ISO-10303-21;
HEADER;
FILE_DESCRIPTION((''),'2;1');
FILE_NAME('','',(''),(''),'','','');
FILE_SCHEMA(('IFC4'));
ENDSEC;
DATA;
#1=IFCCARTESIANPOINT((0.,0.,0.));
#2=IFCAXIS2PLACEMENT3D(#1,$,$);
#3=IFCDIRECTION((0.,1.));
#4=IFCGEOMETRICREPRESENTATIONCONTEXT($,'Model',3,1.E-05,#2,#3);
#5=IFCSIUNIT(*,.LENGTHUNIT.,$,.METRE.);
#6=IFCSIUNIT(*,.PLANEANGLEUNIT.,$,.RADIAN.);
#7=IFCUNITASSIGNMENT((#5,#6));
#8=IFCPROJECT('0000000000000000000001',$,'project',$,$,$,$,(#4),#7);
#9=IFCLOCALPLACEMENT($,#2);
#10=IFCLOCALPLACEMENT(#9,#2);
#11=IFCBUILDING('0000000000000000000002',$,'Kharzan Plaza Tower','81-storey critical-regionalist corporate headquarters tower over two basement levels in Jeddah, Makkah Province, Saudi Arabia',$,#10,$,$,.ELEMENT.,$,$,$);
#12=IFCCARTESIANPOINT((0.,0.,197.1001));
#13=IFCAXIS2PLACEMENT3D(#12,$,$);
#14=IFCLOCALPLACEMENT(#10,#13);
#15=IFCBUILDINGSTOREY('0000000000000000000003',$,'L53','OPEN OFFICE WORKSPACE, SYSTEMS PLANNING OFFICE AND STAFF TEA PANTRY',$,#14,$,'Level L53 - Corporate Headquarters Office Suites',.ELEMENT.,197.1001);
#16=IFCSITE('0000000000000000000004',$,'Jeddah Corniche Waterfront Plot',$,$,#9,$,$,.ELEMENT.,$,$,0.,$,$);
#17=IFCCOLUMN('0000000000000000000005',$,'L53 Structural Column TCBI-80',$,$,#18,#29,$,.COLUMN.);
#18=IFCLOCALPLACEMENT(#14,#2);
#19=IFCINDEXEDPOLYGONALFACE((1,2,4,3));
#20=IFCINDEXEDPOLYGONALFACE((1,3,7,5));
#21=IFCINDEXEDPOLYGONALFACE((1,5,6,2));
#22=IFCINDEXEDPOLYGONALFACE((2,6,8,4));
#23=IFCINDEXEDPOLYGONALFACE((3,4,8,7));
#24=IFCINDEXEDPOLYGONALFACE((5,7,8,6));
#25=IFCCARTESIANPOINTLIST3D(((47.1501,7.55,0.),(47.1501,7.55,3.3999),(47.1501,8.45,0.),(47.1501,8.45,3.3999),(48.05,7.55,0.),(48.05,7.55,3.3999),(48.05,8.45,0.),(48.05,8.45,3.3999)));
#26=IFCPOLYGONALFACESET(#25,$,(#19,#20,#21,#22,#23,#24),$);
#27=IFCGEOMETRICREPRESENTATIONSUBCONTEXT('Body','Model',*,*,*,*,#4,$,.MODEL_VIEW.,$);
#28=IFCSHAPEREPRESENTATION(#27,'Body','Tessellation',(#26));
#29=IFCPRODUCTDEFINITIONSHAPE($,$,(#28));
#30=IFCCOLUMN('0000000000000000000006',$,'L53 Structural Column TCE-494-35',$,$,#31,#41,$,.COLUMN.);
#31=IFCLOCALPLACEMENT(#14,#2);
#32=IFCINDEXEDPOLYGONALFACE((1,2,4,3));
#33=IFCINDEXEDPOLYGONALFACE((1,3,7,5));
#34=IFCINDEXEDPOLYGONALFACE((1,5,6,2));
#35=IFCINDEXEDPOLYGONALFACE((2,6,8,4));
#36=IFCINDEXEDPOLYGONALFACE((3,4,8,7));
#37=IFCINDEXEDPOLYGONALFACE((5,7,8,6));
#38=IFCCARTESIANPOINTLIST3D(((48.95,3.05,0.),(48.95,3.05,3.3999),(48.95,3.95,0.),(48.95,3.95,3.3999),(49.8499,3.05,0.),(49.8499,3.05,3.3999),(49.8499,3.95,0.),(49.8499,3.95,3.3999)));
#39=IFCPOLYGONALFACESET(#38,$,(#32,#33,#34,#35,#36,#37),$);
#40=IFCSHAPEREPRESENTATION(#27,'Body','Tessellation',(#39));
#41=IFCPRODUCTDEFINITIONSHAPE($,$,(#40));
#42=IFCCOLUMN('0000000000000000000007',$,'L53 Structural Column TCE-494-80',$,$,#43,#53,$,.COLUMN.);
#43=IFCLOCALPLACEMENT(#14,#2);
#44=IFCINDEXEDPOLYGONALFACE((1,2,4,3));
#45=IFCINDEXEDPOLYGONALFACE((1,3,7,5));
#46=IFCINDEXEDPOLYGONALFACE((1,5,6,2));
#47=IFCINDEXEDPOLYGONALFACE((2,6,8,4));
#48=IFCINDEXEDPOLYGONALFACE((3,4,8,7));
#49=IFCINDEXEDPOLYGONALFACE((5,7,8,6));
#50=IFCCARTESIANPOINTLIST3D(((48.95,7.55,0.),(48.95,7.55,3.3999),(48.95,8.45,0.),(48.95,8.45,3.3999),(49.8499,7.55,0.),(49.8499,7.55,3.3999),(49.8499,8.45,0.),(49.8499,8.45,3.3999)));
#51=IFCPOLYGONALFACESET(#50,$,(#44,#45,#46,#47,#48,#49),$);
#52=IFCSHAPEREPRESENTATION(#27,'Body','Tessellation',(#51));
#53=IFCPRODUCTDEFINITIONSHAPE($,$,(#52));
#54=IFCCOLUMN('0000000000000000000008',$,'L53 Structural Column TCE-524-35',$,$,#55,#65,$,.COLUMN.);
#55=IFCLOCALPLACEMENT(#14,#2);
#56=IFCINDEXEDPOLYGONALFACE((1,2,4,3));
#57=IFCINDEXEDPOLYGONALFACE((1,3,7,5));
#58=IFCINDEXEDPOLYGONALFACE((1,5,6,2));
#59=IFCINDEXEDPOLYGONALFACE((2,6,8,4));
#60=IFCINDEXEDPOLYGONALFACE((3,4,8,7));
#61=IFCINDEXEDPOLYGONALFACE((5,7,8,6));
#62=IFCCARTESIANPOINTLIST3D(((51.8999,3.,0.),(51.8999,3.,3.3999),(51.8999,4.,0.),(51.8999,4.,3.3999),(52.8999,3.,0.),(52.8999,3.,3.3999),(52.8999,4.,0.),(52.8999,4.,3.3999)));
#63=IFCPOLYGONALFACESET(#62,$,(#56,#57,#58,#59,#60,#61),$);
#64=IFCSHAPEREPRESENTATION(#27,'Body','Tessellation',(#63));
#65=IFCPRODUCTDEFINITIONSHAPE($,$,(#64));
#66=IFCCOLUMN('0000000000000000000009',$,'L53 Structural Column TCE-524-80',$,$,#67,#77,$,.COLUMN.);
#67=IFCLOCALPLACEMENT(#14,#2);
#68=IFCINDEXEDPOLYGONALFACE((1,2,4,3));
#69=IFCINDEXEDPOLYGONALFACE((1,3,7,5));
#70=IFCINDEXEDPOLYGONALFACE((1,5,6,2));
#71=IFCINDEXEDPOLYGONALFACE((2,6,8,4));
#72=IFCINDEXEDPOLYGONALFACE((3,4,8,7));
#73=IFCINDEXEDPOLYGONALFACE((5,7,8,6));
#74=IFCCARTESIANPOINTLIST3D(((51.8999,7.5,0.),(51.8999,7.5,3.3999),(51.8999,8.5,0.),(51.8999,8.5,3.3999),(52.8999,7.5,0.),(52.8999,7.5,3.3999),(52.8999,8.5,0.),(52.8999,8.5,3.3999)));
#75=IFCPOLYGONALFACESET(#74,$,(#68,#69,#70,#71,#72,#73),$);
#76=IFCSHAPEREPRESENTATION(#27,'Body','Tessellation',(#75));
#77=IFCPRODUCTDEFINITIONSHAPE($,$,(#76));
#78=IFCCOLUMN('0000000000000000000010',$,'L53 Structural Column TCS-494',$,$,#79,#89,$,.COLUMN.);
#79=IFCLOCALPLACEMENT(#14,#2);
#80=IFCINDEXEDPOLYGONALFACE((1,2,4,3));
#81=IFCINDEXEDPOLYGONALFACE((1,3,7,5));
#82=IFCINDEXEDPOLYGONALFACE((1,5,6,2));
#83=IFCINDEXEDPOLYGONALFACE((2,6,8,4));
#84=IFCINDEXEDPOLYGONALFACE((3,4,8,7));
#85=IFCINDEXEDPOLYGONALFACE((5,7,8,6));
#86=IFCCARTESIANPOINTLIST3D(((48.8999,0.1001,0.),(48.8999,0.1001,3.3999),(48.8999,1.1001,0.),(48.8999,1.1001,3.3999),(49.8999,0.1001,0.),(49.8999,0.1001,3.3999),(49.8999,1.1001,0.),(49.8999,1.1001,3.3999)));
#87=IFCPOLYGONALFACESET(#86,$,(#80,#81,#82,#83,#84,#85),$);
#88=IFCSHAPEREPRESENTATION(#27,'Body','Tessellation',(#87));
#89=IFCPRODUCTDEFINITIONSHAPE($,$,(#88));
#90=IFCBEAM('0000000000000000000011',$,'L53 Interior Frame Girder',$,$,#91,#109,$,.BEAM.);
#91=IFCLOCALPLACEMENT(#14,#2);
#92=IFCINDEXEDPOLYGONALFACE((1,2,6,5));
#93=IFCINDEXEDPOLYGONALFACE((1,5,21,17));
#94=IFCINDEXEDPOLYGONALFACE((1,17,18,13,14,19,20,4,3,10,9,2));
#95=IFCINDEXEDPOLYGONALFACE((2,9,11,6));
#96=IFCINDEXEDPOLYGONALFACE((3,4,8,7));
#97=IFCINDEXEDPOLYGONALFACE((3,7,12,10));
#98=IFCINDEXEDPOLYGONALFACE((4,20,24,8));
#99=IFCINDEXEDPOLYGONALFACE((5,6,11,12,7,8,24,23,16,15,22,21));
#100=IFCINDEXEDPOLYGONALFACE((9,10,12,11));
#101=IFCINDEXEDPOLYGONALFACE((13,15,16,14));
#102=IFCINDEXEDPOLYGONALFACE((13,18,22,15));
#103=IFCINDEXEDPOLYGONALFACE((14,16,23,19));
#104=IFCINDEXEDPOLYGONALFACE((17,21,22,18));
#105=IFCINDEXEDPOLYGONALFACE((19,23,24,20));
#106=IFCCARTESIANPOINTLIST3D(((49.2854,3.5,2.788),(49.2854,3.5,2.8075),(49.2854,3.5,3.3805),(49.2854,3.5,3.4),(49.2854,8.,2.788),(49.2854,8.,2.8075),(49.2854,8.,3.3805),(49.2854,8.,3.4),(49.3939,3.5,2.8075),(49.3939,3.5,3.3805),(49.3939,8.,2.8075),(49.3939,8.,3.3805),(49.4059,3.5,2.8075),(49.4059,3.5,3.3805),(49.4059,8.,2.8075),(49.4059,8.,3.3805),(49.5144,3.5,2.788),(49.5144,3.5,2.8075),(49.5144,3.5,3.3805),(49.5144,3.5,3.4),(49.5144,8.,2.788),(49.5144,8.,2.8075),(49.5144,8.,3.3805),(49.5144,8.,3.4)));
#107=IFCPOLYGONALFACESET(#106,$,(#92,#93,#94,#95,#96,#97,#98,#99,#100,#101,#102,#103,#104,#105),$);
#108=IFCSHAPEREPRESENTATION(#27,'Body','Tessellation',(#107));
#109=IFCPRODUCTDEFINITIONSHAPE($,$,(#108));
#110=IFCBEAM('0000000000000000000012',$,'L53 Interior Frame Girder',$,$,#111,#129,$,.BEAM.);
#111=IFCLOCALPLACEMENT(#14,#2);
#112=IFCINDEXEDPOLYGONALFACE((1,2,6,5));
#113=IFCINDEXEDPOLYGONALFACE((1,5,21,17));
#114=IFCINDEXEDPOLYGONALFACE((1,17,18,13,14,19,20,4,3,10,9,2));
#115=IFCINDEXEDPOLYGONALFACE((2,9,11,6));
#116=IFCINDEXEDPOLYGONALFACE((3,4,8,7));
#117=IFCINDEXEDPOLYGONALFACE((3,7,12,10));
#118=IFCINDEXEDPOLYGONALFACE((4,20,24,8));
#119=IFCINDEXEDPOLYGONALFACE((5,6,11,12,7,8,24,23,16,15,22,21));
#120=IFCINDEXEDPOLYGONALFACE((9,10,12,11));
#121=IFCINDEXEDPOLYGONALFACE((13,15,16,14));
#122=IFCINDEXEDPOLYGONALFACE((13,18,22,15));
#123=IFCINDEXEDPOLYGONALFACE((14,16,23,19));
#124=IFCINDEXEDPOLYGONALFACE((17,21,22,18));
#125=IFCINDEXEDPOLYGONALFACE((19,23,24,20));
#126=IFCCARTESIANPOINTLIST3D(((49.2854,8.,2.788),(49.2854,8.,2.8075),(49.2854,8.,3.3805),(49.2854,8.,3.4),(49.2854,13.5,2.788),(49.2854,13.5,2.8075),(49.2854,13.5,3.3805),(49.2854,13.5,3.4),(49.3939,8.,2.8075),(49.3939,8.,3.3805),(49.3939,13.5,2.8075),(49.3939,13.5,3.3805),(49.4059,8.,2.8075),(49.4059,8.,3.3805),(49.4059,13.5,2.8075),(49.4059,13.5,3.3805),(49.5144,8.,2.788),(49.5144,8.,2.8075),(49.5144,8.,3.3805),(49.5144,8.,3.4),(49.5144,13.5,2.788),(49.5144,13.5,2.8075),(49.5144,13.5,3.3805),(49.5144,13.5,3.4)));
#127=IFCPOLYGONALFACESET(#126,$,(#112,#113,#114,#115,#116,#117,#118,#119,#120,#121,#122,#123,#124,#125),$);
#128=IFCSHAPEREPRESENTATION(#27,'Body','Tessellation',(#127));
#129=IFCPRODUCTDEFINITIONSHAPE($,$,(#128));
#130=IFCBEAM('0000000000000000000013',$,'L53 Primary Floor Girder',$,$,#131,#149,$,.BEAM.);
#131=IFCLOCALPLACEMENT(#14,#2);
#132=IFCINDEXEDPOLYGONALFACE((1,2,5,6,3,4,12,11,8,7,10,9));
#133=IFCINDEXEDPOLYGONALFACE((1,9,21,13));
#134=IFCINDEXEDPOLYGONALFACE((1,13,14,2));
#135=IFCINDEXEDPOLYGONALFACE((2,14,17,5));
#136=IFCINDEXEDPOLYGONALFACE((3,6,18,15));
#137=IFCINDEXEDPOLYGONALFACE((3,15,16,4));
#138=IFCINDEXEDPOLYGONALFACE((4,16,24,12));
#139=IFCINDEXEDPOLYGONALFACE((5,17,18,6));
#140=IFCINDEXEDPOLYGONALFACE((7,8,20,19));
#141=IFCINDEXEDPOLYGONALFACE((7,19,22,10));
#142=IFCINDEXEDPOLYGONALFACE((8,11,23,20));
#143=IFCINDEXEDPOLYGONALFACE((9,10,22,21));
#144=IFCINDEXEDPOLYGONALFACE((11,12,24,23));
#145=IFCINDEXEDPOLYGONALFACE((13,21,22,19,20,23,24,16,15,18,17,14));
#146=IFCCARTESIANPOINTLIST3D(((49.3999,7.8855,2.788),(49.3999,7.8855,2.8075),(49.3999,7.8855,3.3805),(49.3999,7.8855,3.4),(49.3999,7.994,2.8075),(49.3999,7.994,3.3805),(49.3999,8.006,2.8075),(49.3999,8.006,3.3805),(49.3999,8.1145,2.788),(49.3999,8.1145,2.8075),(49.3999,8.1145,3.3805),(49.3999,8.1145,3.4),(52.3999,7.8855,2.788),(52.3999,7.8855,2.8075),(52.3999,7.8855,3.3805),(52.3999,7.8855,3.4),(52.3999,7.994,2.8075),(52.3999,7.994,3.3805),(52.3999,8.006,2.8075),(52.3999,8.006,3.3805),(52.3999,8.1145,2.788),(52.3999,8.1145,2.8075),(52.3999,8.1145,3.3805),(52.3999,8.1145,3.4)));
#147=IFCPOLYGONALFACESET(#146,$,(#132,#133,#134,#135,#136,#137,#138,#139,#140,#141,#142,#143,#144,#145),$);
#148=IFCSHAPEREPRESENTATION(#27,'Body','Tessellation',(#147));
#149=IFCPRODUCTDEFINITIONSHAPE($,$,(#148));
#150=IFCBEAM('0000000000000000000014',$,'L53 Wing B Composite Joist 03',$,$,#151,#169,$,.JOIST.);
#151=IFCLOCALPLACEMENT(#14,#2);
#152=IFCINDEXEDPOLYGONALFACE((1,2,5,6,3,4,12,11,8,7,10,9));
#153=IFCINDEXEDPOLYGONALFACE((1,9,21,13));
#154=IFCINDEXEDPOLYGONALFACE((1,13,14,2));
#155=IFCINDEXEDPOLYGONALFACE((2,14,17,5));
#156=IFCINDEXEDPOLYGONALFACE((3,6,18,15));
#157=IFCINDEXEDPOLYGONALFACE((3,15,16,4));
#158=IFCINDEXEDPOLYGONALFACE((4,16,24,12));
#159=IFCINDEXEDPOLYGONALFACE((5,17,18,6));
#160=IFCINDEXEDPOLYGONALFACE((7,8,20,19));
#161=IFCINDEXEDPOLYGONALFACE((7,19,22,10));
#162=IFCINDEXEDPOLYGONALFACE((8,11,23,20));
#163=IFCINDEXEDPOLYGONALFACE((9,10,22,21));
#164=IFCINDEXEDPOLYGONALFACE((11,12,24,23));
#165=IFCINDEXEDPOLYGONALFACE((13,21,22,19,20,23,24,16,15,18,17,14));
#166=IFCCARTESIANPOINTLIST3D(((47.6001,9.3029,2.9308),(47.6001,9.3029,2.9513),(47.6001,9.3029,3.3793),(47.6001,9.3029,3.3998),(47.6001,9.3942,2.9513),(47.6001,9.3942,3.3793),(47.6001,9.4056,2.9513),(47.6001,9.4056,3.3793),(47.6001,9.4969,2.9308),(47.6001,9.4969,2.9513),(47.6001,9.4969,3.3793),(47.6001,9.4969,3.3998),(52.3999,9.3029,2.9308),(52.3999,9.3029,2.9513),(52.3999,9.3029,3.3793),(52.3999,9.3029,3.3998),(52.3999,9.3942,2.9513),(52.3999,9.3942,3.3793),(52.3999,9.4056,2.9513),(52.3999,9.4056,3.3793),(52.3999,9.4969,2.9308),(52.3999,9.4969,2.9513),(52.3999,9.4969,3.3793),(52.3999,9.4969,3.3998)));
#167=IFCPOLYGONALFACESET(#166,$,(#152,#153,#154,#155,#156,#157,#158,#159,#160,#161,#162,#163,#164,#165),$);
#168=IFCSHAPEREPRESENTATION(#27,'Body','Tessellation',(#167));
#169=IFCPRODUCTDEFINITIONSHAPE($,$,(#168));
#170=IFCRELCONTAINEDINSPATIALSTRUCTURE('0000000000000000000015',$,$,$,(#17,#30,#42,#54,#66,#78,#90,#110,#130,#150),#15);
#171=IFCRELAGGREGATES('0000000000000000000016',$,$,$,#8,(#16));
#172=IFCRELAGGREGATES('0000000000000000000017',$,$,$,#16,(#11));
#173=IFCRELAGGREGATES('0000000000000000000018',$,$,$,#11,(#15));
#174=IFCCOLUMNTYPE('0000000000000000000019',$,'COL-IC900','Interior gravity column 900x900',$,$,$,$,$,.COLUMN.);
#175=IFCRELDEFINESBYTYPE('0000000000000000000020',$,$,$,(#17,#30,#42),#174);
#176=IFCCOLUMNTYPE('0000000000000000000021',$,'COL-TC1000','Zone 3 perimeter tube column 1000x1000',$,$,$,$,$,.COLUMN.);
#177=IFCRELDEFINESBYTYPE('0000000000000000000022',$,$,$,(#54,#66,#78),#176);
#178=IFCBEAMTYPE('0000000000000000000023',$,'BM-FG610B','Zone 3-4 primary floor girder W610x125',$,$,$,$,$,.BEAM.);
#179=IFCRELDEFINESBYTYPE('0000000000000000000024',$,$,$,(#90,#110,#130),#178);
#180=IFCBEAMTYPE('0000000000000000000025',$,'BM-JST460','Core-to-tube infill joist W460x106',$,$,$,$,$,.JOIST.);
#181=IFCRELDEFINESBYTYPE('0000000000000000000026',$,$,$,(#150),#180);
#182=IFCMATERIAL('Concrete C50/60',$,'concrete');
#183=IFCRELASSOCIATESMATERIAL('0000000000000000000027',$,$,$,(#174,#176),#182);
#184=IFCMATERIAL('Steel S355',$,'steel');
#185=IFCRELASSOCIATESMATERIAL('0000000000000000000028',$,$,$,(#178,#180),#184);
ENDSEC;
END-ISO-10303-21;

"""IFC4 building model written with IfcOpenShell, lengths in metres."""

from ifc_helpers import new_model, si_unit, direction, frame, origin, origin_2d, place, context, subcontext, project, spatial, rectangle, i_section, extrude, source, transform, mapped, material, material_profile, profile_set, type_object, element, save


model = new_model("IFC4")

# Units and contexts
model_context = context("Model", 3, precision=1e-05, world=origin(), true_north=direction((0.0, 1.0)))
body_context = subcontext(model_context, "Body", "Model", "MODEL_VIEW")
ifc_project = project(units=[si_unit("LENGTHUNIT", "METRE"), si_unit("PLANEANGLEUNIT", "RADIAN")], contexts=[model_context])

# Site, building, storey
site_placement = place(None, origin())
site = spatial("IfcSite", under=ifc_project, at=site_placement, Name="Jeddah Corniche Waterfront Plot", CompositionType="ELEMENT", RefElevation=0.0)
building_placement = place(site_placement, origin())
building = spatial("IfcBuilding", under=site, at=building_placement, Name="Kharzan Plaza Tower", Description="81-storey critical-regionalist corporate headquarters tower over two basement levels in Jeddah, Makkah Province, Saudi Arabia", CompositionType="ELEMENT")
storey_placement = place(building_placement, frame((0.0, 0.0, 197.1001)))
storey = spatial("IfcBuildingStorey", under=building, at=storey_placement, Name="L53", Description="OPEN OFFICE WORKSPACE, SYSTEMS PLANNING OFFICE AND STAFF TEA PANTRY", LongName="Level L53 - Corporate Headquarters Office Suites", CompositionType="ELEMENT", Elevation=197.1001)

# Columns
ifc_material_1 = material(Name="Concrete C50/60", Category="concrete")
ifc_material_profile_1 = material_profile(ifc_material_1, rectangle(XDim=0.8999, YDim=0.8999, at=origin_2d()), Name="RC-IC900x900")
ifc_profile_set_1 = profile_set([ifc_material_profile_1], Name="Concrete C50/60")
column_type_1 = type_object("IfcColumnType", Name="COL-IC900", Description="Interior gravity column 900x900", PredefinedType="COLUMN", material=ifc_profile_set_1)
shared_shape_1 = source(origin(), body_context, "Body", "SweptSolid", [
    extrude(rectangle(XDim=0.8999, YDim=0.8999, at=origin_2d()), origin(), (0.0, 0.0, 1.0), 3.3999),
])
for number, where, z_axis, x_axis, name in (
    (1, (47.6001, 8.0, 0.0), (0.0, 0.0, 1.0), (1.0, 0.0, 0.0), "L53 Structural Column TCBI-80"),
    (2, (49.3999, 3.5, 0.0), (0.0, 0.0, 1.0), (1.0, 0.0, 0.0), "L53 Structural Column TCE-494-35"),
    (3, (49.3999, 8.0, 0.0), (0.0, 0.0, 1.0), (1.0, 0.0, 0.0), "L53 Structural Column TCE-494-80"),
):
    element("IfcColumn", number, at=place(storey_placement, frame(where, z_axis=z_axis, x_axis=x_axis)), inside=storey, type_object=column_type_1, Name=name, PredefinedType="COLUMN", context=body_context, shape_type="MappedRepresentation", body=[
        mapped(shared_shape_1, transform((0.0, 0.0, 0.0), x_axis=(1.0, 0.0, 0.0), y_axis=(0.0, 1.0, 0.0), z_axis=(0.0, 0.0, 1.0))),
    ])
ifc_material_profile_2 = material_profile(ifc_material_1, rectangle(XDim=1.0, YDim=1.0, at=origin_2d()), Name="RC-TC1000x1000")
ifc_profile_set_2 = profile_set([ifc_material_profile_2], Name="Concrete C50/60")
column_type_2 = type_object("IfcColumnType", Name="COL-TC1000", Description="Zone 3 perimeter tube column 1000x1000", PredefinedType="COLUMN", material=ifc_profile_set_2)
shared_shape_2 = source(origin(), body_context, "Body", "SweptSolid", [
    extrude(rectangle(XDim=1.0, YDim=1.0, at=origin_2d()), origin(), (0.0, 0.0, 1.0), 3.3999),
])
for number, where, z_axis, x_axis, name in (
    (4, (52.3999, 3.5, 0.0), (0.0, 0.0, 1.0), (1.0, 0.0, 0.0), "L53 Structural Column TCE-524-35"),
    (5, (52.3999, 8.0, 0.0), (0.0, 0.0, 1.0), (1.0, 0.0, 0.0), "L53 Structural Column TCE-524-80"),
    (6, (49.3999, 0.6001, 0.0), (0.0, 0.0, 1.0), (1.0, 0.0, 0.0), "L53 Structural Column TCS-494"),
):
    element("IfcColumn", number, at=place(storey_placement, frame(where, z_axis=z_axis, x_axis=x_axis)), inside=storey, type_object=column_type_2, Name=name, PredefinedType="COLUMN", context=body_context, shape_type="MappedRepresentation", body=[
        mapped(shared_shape_2, transform((0.0, 0.0, 0.0), x_axis=(1.0, 0.0, 0.0), y_axis=(0.0, 1.0, 0.0), z_axis=(0.0, 0.0, 1.0))),
    ])

# Beams
ifc_material_2 = material(Name="Steel S355", Category="steel")
ifc_material_profile_3 = material_profile(ifc_material_2, i_section(OverallWidth=0.229, OverallDepth=0.6121, WebThickness=0.012, FlangeThickness=0.0195, at=origin_2d()), Name="W610x125")
ifc_profile_set_3 = profile_set([ifc_material_profile_3], Name="Steel S355")
beam_type_1 = type_object("IfcBeamType", Name="BM-FG610B", Description="Zone 3-4 primary floor girder W610x125", PredefinedType="BEAM", material=ifc_profile_set_3)
shared_shape_3 = source(origin(), body_context, "Body", "SweptSolid", [
    extrude(i_section(OverallWidth=0.229, OverallDepth=0.6121, WebThickness=0.012, FlangeThickness=0.0195, at=origin_2d()), origin(), (0.0, 0.0, 1.0), 4.5),
])
beam_1_placement = place(storey_placement, frame((49.3999, 3.5, 3.094), z_axis=(0.0, 1.0, 0.0), x_axis=(-1.0, 0.0, 0.0)))
element("IfcBeam", 7, at=beam_1_placement, inside=storey, type_object=beam_type_1, Name="L53 Interior Frame Girder", PredefinedType="BEAM", context=body_context, shape_type="MappedRepresentation", body=[
    mapped(shared_shape_3, transform((0.0, 0.0, 0.0), x_axis=(1.0, 0.0, 0.0), y_axis=(0.0, 1.0, 0.0), z_axis=(0.0, 0.0, 1.0))),
])
shared_shape_4 = source(origin(), body_context, "Body", "SweptSolid", [
    extrude(i_section(OverallWidth=0.229, OverallDepth=0.6121, WebThickness=0.012, FlangeThickness=0.0195, at=origin_2d()), origin(), (0.0, 0.0, 1.0), 5.5),
])
beam_2_placement = place(storey_placement, frame((49.3999, 8.0, 3.094), z_axis=(0.0, 1.0, 0.0), x_axis=(-1.0, 0.0, 0.0)))
element("IfcBeam", 8, at=beam_2_placement, inside=storey, type_object=beam_type_1, Name="L53 Interior Frame Girder", PredefinedType="BEAM", context=body_context, shape_type="MappedRepresentation", body=[
    mapped(shared_shape_4, transform((0.0, 0.0, 0.0), x_axis=(1.0, 0.0, 0.0), y_axis=(0.0, 1.0, 0.0), z_axis=(0.0, 0.0, 1.0))),
])
shared_shape_5 = source(origin(), body_context, "Body", "SweptSolid", [
    extrude(i_section(OverallWidth=0.229, OverallDepth=0.6121, WebThickness=0.012, FlangeThickness=0.0195, at=origin_2d()), origin(), (0.0, 0.0, 1.0), 3.0),
])
beam_3_placement = place(storey_placement, frame((49.3999, 8.0, 3.094), z_axis=(1.0, 0.0, 0.0), x_axis=(0.0, 1.0, 0.0)))
element("IfcBeam", 9, at=beam_3_placement, inside=storey, type_object=beam_type_1, Name="L53 Primary Floor Girder", PredefinedType="BEAM", context=body_context, shape_type="MappedRepresentation", body=[
    mapped(shared_shape_5, transform((0.0, 0.0, 0.0), x_axis=(1.0, 0.0, 0.0), y_axis=(0.0, 1.0, 0.0), z_axis=(0.0, 0.0, 1.0))),
])
ifc_material_profile_4 = material_profile(ifc_material_2, i_section(OverallWidth=0.1941, OverallDepth=0.469, WebThickness=0.0115, FlangeThickness=0.0205, at=origin_2d()), Name="W460x106")
ifc_profile_set_4 = profile_set([ifc_material_profile_4], Name="Steel S355")
beam_type_2 = type_object("IfcBeamType", Name="BM-JST460", Description="Core-to-tube infill joist W460x106", PredefinedType="JOIST", material=ifc_profile_set_4)
shared_shape_6 = source(origin(), body_context, "Body", "SweptSolid", [
    extrude(i_section(OverallWidth=0.1941, OverallDepth=0.469, WebThickness=0.0115, FlangeThickness=0.0205, at=origin_2d()), origin(), (0.0, 0.0, 1.0), 4.7998),
])
beam_4_placement = place(storey_placement, frame((47.6001, 9.3999, 3.1653), z_axis=(1.0, 0.0, 0.0), x_axis=(0.0, 1.0, 0.0)))
element("IfcBeam", 10, at=beam_4_placement, inside=storey, type_object=beam_type_2, Name="L53 Wing B Composite Joist 03", PredefinedType="JOIST", context=body_context, shape_type="MappedRepresentation", body=[
    mapped(shared_shape_6, transform((0.0, 0.0, 0.0), x_axis=(1.0, 0.0, 0.0), y_axis=(0.0, 1.0, 0.0), z_axis=(0.0, 0.0, 1.0))),
])

save(model, "model.ifc")
